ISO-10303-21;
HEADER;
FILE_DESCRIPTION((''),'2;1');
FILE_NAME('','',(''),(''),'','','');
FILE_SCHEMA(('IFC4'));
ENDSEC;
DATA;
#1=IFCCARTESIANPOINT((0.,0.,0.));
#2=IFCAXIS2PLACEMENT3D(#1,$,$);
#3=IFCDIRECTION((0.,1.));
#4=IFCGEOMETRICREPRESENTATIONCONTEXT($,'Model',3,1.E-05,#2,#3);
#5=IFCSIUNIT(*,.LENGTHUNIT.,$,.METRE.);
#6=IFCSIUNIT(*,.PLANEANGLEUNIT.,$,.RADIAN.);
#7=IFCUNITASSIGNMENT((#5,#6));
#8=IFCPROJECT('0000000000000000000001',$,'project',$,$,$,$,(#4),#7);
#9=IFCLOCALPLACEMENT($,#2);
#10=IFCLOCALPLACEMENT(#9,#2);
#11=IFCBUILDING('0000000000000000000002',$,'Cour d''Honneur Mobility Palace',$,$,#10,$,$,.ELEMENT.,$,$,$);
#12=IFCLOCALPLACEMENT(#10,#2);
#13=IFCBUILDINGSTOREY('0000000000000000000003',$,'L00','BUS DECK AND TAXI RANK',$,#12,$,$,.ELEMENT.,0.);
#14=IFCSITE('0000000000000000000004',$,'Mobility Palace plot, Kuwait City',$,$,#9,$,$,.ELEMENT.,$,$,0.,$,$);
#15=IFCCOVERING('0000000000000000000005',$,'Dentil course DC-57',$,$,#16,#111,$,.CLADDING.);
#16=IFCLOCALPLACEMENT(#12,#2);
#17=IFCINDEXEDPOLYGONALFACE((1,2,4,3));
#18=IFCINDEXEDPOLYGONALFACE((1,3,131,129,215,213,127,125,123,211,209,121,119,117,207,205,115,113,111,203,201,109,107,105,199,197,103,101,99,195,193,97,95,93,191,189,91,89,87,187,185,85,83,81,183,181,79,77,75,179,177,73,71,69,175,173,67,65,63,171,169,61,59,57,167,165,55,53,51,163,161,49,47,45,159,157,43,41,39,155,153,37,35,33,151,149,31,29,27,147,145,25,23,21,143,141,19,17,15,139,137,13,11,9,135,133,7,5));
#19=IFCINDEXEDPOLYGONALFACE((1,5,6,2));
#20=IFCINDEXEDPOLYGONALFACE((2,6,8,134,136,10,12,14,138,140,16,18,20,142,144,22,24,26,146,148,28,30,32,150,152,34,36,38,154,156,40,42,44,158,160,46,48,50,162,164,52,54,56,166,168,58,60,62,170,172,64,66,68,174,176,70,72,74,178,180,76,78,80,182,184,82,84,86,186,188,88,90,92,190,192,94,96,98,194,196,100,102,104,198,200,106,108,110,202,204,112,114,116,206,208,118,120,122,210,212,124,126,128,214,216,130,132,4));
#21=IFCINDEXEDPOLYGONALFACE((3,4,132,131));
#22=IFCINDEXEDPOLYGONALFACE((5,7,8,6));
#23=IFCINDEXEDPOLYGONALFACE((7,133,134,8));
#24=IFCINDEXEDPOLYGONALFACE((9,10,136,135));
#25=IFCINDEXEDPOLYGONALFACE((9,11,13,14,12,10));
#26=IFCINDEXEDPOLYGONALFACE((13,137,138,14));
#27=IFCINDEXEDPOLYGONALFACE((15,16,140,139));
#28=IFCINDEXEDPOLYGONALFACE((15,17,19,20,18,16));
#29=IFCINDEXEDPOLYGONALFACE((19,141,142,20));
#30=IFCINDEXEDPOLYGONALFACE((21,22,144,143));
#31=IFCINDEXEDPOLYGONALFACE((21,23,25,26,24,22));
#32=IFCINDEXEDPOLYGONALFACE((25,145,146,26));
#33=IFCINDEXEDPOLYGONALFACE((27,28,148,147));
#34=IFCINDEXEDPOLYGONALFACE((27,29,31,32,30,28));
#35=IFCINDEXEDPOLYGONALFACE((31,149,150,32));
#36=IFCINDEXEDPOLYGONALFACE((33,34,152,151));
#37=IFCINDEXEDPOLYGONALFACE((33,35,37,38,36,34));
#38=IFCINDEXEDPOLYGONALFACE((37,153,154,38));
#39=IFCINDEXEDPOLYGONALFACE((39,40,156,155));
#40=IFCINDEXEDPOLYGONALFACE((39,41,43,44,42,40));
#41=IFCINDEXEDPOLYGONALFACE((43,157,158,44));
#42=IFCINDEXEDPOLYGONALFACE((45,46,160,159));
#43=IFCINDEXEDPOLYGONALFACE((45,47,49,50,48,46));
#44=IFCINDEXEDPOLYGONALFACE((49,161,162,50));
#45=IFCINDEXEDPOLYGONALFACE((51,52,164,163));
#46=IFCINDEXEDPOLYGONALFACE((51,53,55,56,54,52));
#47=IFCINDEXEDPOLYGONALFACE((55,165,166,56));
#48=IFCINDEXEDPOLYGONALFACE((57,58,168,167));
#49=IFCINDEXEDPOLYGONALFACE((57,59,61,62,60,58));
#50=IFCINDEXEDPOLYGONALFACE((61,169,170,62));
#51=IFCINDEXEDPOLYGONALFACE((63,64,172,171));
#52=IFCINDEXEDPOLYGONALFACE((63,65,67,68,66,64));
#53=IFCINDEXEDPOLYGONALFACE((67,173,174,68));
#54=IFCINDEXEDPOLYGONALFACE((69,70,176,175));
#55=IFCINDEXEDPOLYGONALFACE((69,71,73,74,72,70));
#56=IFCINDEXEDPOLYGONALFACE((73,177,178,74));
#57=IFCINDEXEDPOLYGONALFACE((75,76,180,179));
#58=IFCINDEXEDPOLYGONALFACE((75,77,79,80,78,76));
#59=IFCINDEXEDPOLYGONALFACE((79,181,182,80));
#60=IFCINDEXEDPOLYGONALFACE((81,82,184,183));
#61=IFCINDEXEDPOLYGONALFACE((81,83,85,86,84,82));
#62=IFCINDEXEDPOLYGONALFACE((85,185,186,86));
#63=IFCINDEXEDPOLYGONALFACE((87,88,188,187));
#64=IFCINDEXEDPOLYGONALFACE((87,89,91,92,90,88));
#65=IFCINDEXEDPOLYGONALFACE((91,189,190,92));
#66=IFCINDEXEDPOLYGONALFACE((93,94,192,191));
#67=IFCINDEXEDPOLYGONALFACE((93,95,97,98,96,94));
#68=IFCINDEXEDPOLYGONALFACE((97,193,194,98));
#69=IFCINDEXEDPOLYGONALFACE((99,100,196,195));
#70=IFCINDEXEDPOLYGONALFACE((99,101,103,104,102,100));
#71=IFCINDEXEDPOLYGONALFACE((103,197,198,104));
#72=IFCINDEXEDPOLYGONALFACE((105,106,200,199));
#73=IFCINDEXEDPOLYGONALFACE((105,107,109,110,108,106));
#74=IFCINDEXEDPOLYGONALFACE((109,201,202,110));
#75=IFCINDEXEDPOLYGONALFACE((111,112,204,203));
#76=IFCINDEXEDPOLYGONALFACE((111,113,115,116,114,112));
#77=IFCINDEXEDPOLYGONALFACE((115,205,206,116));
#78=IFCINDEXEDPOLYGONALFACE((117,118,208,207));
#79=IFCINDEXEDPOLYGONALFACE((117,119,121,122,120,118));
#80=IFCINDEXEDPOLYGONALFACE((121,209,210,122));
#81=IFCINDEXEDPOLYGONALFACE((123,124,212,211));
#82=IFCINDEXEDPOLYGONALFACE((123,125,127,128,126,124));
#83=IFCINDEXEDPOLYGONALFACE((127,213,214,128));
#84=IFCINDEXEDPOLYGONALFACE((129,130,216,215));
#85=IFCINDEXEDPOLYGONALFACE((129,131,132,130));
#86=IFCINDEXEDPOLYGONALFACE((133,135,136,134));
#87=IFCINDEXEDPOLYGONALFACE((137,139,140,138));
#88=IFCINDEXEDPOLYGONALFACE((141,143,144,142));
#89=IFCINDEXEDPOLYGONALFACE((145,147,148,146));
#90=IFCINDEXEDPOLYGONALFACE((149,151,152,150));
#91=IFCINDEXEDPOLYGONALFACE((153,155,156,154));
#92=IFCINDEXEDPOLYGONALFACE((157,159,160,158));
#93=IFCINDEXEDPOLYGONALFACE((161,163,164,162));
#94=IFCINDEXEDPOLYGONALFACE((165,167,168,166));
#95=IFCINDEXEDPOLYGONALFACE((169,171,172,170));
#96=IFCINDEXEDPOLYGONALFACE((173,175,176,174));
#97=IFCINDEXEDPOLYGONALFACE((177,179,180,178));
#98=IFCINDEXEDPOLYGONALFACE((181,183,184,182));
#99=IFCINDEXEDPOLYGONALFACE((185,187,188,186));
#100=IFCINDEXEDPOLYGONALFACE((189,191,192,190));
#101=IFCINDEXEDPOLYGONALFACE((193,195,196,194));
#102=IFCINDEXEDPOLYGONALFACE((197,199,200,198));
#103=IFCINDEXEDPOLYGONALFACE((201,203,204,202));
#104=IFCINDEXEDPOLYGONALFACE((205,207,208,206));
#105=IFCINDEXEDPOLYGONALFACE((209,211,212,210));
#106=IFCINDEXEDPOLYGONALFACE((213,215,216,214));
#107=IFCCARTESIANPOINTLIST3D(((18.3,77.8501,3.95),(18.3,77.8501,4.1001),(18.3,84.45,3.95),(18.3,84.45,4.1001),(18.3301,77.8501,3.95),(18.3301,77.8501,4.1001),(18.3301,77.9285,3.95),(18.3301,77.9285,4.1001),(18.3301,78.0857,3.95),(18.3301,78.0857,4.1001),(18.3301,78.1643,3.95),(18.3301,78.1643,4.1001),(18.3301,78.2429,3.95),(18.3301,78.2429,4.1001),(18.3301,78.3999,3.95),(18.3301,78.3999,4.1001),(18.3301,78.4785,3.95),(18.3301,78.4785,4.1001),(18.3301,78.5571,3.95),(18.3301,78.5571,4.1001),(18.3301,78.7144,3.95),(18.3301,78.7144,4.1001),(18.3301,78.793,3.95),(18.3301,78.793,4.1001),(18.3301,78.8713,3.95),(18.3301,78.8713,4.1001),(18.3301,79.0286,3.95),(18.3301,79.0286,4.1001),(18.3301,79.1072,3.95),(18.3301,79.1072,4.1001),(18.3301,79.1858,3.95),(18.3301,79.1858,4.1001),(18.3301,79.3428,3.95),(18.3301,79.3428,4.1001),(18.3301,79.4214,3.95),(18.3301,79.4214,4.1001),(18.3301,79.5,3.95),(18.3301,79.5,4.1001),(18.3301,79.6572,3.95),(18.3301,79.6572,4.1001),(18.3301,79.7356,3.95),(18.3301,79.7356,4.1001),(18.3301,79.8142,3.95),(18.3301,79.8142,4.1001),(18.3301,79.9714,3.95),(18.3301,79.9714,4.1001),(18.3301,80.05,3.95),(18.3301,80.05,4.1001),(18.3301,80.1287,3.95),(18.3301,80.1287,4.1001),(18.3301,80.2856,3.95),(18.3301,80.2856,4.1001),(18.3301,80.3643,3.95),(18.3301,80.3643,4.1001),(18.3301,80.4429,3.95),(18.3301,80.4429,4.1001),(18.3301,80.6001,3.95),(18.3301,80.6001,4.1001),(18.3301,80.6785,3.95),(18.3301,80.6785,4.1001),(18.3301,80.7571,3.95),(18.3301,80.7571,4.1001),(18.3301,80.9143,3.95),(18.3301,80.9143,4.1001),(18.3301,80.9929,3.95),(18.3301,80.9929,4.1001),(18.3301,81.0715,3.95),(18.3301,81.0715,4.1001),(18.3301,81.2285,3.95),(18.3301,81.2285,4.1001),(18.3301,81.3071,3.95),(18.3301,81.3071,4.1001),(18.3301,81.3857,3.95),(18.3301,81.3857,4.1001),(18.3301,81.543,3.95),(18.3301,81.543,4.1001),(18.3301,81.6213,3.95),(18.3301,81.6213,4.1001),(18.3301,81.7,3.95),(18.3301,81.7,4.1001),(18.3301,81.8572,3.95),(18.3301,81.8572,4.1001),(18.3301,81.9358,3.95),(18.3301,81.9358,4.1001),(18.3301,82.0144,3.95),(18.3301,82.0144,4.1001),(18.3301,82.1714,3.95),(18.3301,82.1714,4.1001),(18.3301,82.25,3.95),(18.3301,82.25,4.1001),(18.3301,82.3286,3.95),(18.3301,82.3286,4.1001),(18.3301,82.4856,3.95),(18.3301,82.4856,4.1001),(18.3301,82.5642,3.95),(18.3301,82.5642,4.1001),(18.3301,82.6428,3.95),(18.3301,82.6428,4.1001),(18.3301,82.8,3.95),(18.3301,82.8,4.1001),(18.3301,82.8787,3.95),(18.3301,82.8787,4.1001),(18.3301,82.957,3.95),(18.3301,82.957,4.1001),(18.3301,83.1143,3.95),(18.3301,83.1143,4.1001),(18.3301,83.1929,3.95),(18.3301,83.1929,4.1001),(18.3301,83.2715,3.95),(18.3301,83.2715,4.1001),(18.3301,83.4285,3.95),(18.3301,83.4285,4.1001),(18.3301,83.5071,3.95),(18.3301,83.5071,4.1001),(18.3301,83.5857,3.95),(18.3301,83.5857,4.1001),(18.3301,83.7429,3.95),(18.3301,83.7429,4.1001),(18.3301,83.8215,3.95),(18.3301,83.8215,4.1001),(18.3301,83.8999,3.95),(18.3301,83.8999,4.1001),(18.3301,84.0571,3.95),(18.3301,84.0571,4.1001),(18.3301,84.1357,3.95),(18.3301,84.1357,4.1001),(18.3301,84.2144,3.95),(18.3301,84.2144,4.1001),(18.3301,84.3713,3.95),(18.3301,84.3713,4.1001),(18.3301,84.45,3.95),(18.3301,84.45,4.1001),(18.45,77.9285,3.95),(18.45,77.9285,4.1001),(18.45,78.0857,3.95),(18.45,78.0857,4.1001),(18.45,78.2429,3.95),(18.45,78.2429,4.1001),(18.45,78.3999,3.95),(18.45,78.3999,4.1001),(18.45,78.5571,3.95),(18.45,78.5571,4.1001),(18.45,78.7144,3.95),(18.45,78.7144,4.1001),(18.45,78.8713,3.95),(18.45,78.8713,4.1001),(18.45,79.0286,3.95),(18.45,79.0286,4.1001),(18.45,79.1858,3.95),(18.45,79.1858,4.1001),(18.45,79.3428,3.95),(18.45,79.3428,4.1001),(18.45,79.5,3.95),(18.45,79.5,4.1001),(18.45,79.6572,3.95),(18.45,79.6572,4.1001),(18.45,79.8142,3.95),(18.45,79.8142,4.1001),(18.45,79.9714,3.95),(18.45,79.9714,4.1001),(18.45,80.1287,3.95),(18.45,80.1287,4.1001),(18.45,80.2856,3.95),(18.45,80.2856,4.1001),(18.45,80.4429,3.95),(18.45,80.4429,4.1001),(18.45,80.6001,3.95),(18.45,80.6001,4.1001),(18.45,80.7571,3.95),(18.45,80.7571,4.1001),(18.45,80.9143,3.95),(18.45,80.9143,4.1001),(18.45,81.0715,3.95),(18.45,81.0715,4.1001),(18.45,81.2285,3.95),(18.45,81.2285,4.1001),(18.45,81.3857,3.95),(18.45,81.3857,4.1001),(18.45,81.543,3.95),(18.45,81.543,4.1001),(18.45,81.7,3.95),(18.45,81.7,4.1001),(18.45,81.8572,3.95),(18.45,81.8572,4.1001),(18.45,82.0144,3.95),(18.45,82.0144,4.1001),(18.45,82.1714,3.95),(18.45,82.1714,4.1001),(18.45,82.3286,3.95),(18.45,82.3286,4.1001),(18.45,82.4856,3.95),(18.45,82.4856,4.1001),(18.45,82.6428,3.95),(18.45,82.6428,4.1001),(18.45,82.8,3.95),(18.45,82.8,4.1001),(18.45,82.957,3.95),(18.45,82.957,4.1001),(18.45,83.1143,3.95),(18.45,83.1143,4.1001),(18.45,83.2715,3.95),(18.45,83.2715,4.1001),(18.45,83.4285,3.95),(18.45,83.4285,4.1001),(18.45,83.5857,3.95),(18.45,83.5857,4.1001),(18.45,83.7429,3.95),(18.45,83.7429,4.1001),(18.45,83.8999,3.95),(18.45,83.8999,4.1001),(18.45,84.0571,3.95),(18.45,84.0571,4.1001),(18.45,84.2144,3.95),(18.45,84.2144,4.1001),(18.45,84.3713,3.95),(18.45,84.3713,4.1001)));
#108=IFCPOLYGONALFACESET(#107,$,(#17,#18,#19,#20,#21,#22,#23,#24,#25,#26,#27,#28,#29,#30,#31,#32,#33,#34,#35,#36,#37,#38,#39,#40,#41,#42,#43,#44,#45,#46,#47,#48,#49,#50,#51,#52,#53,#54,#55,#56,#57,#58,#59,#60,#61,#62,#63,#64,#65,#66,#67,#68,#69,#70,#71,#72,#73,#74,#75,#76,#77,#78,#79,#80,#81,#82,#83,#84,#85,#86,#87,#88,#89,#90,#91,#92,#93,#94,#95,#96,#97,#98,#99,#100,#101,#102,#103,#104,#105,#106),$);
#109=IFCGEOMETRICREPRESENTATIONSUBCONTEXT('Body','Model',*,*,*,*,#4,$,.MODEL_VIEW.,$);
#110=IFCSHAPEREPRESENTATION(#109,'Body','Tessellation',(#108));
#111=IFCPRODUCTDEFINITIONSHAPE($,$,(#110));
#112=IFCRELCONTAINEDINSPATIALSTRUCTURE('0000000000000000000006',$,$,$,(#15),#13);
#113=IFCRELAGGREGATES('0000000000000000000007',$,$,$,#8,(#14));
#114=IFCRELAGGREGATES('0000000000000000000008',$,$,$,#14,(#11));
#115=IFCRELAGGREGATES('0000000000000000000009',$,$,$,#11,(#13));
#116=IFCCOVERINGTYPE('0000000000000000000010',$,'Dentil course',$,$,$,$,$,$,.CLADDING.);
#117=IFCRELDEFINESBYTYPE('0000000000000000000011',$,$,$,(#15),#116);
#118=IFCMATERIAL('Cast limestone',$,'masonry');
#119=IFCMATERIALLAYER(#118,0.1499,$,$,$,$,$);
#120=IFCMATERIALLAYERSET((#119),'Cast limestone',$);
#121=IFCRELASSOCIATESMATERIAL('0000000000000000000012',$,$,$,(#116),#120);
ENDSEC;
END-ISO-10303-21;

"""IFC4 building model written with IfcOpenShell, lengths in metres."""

from ifc_helpers import new_model, si_unit, direction, frame, origin, place, context, subcontext, project, spatial, polyline, outline, extrude, material, layer, layer_set, type_object, element, save


model = new_model("IFC4")

# Units and contexts
model_context = context("Model", 3, precision=1e-05, world=origin(), true_north=direction((0.0, 1.0)))
body_context = subcontext(model_context, "Body", "Model", "MODEL_VIEW")
ifc_project = project(units=[si_unit("LENGTHUNIT", "METRE"), si_unit("PLANEANGLEUNIT", "RADIAN")], contexts=[model_context])

# Site, building, storey
site_placement = place(None, origin())
site = spatial("IfcSite", under=ifc_project, at=site_placement, Name="Mobility Palace plot, Kuwait City", CompositionType="ELEMENT", RefElevation=0.0)
building_placement = place(site_placement, origin())
building = spatial("IfcBuilding", under=site, at=building_placement, Name="Cour d'Honneur Mobility Palace", CompositionType="ELEMENT")
storey_placement = place(building_placement, origin())
storey = spatial("IfcBuildingStorey", under=building, at=storey_placement, Name="L00", Description="BUS DECK AND TAXI RANK", CompositionType="ELEMENT", Elevation=0.0)

# Covering
ifc_material = material(Name="Cast limestone", Category="masonry")
ifc_layer = layer(ifc_material, 0.1499)
ifc_layer_set = layer_set([ifc_layer], Name="Cast limestone")
covering_type = type_object("IfcCoveringType", Name="Dentil course", PredefinedType="CLADDING", material=ifc_layer_set)
covering_1_placement = place(storey_placement, frame((0.0, 0.0, 3.95)))
element("IfcCovering", 1, at=covering_1_placement, inside=storey, type_object=covering_type, Name="Dentil course DC-57", PredefinedType="CLADDING", context=body_context, shape_type="SweptSolid", body=[
    extrude(outline(polyline([(18.3, 77.8501), (18.3, 84.45), (18.3301, 84.45), (18.3301, 84.45), (18.3301, 84.3713), (18.45, 84.3713), (18.45, 84.2144), (18.3301, 84.2144), (18.3301, 84.1357), (18.3301, 84.1357), (18.3301, 84.0571), (18.45, 84.0571), (18.45, 83.8999), (18.3301, 83.8999), (18.3301, 83.8215), (18.3301, 83.8215), (18.3301, 83.7429), (18.45, 83.7429), (18.45, 83.5857), (18.3301, 83.5857), (18.3301, 83.5071), (18.3301, 83.5071), (18.3301, 83.4285), (18.45, 83.4285), (18.45, 83.2715), (18.3301, 83.2715), (18.3301, 83.1929), (18.3301, 83.1929), (18.3301, 83.1143), (18.45, 83.1143), (18.45, 82.957), (18.3301, 82.957), (18.3301, 82.8787), (18.3301, 82.8787), (18.3301, 82.8), (18.45, 82.8), (18.45, 82.6428), (18.3301, 82.6428), (18.3301, 82.5642), (18.3301, 82.5642), (18.3301, 82.4856), (18.45, 82.4856), (18.45, 82.3286), (18.3301, 82.3286), (18.3301, 82.25), (18.3301, 82.25), (18.3301, 82.1714), (18.45, 82.1714), (18.45, 82.0144), (18.3301, 82.0144), (18.3301, 81.9358), (18.3301, 81.9358), (18.3301, 81.8572), (18.45, 81.8572), (18.45, 81.7), (18.3301, 81.7), (18.3301, 81.6213), (18.3301, 81.6213), (18.3301, 81.543), (18.45, 81.543), (18.45, 81.3857), (18.3301, 81.3857), (18.3301, 81.3071), (18.3301, 81.3071), (18.3301, 81.2285), (18.45, 81.2285), (18.45, 81.0715), (18.3301, 81.0715), (18.3301, 80.9929), (18.3301, 80.9929), (18.3301, 80.9143), (18.45, 80.9143), (18.45, 80.7571), (18.3301, 80.7571), (18.3301, 80.6785), (18.3301, 80.6785), (18.3301, 80.6001), (18.45, 80.6001), (18.45, 80.4429), (18.3301, 80.4429), (18.3301, 80.3643), (18.3301, 80.3643), (18.3301, 80.2856), (18.45, 80.2856), (18.45, 80.1287), (18.3301, 80.1287), (18.3301, 80.05), (18.3301, 80.05), (18.3301, 79.9714), (18.45, 79.9714), (18.45, 79.8142), (18.3301, 79.8142), (18.3301, 79.7356), (18.3301, 79.7356), (18.3301, 79.6572), (18.45, 79.6572), (18.45, 79.5), (18.3301, 79.5), (18.3301, 79.4214), (18.3301, 79.4214), (18.3301, 79.3428), (18.45, 79.3428), (18.45, 79.1858), (18.3301, 79.1858), (18.3301, 79.1072), (18.3301, 79.1072), (18.3301, 79.0286), (18.45, 79.0286), (18.45, 78.8713), (18.3301, 78.8713), (18.3301, 78.793), (18.3301, 78.793), (18.3301, 78.7144), (18.45, 78.7144), (18.45, 78.5571), (18.3301, 78.5571), (18.3301, 78.4785), (18.3301, 78.4785), (18.3301, 78.3999), (18.45, 78.3999), (18.45, 78.2429), (18.3301, 78.2429), (18.3301, 78.1643), (18.3301, 78.1643), (18.3301, 78.0857), (18.45, 78.0857), (18.45, 77.9285), (18.3301, 77.9285), (18.3301, 77.8501), (18.3, 77.8501)])), origin(), (0.0, 0.0, 1.0), 0.1501),
])

save(model, "model.ifc")
